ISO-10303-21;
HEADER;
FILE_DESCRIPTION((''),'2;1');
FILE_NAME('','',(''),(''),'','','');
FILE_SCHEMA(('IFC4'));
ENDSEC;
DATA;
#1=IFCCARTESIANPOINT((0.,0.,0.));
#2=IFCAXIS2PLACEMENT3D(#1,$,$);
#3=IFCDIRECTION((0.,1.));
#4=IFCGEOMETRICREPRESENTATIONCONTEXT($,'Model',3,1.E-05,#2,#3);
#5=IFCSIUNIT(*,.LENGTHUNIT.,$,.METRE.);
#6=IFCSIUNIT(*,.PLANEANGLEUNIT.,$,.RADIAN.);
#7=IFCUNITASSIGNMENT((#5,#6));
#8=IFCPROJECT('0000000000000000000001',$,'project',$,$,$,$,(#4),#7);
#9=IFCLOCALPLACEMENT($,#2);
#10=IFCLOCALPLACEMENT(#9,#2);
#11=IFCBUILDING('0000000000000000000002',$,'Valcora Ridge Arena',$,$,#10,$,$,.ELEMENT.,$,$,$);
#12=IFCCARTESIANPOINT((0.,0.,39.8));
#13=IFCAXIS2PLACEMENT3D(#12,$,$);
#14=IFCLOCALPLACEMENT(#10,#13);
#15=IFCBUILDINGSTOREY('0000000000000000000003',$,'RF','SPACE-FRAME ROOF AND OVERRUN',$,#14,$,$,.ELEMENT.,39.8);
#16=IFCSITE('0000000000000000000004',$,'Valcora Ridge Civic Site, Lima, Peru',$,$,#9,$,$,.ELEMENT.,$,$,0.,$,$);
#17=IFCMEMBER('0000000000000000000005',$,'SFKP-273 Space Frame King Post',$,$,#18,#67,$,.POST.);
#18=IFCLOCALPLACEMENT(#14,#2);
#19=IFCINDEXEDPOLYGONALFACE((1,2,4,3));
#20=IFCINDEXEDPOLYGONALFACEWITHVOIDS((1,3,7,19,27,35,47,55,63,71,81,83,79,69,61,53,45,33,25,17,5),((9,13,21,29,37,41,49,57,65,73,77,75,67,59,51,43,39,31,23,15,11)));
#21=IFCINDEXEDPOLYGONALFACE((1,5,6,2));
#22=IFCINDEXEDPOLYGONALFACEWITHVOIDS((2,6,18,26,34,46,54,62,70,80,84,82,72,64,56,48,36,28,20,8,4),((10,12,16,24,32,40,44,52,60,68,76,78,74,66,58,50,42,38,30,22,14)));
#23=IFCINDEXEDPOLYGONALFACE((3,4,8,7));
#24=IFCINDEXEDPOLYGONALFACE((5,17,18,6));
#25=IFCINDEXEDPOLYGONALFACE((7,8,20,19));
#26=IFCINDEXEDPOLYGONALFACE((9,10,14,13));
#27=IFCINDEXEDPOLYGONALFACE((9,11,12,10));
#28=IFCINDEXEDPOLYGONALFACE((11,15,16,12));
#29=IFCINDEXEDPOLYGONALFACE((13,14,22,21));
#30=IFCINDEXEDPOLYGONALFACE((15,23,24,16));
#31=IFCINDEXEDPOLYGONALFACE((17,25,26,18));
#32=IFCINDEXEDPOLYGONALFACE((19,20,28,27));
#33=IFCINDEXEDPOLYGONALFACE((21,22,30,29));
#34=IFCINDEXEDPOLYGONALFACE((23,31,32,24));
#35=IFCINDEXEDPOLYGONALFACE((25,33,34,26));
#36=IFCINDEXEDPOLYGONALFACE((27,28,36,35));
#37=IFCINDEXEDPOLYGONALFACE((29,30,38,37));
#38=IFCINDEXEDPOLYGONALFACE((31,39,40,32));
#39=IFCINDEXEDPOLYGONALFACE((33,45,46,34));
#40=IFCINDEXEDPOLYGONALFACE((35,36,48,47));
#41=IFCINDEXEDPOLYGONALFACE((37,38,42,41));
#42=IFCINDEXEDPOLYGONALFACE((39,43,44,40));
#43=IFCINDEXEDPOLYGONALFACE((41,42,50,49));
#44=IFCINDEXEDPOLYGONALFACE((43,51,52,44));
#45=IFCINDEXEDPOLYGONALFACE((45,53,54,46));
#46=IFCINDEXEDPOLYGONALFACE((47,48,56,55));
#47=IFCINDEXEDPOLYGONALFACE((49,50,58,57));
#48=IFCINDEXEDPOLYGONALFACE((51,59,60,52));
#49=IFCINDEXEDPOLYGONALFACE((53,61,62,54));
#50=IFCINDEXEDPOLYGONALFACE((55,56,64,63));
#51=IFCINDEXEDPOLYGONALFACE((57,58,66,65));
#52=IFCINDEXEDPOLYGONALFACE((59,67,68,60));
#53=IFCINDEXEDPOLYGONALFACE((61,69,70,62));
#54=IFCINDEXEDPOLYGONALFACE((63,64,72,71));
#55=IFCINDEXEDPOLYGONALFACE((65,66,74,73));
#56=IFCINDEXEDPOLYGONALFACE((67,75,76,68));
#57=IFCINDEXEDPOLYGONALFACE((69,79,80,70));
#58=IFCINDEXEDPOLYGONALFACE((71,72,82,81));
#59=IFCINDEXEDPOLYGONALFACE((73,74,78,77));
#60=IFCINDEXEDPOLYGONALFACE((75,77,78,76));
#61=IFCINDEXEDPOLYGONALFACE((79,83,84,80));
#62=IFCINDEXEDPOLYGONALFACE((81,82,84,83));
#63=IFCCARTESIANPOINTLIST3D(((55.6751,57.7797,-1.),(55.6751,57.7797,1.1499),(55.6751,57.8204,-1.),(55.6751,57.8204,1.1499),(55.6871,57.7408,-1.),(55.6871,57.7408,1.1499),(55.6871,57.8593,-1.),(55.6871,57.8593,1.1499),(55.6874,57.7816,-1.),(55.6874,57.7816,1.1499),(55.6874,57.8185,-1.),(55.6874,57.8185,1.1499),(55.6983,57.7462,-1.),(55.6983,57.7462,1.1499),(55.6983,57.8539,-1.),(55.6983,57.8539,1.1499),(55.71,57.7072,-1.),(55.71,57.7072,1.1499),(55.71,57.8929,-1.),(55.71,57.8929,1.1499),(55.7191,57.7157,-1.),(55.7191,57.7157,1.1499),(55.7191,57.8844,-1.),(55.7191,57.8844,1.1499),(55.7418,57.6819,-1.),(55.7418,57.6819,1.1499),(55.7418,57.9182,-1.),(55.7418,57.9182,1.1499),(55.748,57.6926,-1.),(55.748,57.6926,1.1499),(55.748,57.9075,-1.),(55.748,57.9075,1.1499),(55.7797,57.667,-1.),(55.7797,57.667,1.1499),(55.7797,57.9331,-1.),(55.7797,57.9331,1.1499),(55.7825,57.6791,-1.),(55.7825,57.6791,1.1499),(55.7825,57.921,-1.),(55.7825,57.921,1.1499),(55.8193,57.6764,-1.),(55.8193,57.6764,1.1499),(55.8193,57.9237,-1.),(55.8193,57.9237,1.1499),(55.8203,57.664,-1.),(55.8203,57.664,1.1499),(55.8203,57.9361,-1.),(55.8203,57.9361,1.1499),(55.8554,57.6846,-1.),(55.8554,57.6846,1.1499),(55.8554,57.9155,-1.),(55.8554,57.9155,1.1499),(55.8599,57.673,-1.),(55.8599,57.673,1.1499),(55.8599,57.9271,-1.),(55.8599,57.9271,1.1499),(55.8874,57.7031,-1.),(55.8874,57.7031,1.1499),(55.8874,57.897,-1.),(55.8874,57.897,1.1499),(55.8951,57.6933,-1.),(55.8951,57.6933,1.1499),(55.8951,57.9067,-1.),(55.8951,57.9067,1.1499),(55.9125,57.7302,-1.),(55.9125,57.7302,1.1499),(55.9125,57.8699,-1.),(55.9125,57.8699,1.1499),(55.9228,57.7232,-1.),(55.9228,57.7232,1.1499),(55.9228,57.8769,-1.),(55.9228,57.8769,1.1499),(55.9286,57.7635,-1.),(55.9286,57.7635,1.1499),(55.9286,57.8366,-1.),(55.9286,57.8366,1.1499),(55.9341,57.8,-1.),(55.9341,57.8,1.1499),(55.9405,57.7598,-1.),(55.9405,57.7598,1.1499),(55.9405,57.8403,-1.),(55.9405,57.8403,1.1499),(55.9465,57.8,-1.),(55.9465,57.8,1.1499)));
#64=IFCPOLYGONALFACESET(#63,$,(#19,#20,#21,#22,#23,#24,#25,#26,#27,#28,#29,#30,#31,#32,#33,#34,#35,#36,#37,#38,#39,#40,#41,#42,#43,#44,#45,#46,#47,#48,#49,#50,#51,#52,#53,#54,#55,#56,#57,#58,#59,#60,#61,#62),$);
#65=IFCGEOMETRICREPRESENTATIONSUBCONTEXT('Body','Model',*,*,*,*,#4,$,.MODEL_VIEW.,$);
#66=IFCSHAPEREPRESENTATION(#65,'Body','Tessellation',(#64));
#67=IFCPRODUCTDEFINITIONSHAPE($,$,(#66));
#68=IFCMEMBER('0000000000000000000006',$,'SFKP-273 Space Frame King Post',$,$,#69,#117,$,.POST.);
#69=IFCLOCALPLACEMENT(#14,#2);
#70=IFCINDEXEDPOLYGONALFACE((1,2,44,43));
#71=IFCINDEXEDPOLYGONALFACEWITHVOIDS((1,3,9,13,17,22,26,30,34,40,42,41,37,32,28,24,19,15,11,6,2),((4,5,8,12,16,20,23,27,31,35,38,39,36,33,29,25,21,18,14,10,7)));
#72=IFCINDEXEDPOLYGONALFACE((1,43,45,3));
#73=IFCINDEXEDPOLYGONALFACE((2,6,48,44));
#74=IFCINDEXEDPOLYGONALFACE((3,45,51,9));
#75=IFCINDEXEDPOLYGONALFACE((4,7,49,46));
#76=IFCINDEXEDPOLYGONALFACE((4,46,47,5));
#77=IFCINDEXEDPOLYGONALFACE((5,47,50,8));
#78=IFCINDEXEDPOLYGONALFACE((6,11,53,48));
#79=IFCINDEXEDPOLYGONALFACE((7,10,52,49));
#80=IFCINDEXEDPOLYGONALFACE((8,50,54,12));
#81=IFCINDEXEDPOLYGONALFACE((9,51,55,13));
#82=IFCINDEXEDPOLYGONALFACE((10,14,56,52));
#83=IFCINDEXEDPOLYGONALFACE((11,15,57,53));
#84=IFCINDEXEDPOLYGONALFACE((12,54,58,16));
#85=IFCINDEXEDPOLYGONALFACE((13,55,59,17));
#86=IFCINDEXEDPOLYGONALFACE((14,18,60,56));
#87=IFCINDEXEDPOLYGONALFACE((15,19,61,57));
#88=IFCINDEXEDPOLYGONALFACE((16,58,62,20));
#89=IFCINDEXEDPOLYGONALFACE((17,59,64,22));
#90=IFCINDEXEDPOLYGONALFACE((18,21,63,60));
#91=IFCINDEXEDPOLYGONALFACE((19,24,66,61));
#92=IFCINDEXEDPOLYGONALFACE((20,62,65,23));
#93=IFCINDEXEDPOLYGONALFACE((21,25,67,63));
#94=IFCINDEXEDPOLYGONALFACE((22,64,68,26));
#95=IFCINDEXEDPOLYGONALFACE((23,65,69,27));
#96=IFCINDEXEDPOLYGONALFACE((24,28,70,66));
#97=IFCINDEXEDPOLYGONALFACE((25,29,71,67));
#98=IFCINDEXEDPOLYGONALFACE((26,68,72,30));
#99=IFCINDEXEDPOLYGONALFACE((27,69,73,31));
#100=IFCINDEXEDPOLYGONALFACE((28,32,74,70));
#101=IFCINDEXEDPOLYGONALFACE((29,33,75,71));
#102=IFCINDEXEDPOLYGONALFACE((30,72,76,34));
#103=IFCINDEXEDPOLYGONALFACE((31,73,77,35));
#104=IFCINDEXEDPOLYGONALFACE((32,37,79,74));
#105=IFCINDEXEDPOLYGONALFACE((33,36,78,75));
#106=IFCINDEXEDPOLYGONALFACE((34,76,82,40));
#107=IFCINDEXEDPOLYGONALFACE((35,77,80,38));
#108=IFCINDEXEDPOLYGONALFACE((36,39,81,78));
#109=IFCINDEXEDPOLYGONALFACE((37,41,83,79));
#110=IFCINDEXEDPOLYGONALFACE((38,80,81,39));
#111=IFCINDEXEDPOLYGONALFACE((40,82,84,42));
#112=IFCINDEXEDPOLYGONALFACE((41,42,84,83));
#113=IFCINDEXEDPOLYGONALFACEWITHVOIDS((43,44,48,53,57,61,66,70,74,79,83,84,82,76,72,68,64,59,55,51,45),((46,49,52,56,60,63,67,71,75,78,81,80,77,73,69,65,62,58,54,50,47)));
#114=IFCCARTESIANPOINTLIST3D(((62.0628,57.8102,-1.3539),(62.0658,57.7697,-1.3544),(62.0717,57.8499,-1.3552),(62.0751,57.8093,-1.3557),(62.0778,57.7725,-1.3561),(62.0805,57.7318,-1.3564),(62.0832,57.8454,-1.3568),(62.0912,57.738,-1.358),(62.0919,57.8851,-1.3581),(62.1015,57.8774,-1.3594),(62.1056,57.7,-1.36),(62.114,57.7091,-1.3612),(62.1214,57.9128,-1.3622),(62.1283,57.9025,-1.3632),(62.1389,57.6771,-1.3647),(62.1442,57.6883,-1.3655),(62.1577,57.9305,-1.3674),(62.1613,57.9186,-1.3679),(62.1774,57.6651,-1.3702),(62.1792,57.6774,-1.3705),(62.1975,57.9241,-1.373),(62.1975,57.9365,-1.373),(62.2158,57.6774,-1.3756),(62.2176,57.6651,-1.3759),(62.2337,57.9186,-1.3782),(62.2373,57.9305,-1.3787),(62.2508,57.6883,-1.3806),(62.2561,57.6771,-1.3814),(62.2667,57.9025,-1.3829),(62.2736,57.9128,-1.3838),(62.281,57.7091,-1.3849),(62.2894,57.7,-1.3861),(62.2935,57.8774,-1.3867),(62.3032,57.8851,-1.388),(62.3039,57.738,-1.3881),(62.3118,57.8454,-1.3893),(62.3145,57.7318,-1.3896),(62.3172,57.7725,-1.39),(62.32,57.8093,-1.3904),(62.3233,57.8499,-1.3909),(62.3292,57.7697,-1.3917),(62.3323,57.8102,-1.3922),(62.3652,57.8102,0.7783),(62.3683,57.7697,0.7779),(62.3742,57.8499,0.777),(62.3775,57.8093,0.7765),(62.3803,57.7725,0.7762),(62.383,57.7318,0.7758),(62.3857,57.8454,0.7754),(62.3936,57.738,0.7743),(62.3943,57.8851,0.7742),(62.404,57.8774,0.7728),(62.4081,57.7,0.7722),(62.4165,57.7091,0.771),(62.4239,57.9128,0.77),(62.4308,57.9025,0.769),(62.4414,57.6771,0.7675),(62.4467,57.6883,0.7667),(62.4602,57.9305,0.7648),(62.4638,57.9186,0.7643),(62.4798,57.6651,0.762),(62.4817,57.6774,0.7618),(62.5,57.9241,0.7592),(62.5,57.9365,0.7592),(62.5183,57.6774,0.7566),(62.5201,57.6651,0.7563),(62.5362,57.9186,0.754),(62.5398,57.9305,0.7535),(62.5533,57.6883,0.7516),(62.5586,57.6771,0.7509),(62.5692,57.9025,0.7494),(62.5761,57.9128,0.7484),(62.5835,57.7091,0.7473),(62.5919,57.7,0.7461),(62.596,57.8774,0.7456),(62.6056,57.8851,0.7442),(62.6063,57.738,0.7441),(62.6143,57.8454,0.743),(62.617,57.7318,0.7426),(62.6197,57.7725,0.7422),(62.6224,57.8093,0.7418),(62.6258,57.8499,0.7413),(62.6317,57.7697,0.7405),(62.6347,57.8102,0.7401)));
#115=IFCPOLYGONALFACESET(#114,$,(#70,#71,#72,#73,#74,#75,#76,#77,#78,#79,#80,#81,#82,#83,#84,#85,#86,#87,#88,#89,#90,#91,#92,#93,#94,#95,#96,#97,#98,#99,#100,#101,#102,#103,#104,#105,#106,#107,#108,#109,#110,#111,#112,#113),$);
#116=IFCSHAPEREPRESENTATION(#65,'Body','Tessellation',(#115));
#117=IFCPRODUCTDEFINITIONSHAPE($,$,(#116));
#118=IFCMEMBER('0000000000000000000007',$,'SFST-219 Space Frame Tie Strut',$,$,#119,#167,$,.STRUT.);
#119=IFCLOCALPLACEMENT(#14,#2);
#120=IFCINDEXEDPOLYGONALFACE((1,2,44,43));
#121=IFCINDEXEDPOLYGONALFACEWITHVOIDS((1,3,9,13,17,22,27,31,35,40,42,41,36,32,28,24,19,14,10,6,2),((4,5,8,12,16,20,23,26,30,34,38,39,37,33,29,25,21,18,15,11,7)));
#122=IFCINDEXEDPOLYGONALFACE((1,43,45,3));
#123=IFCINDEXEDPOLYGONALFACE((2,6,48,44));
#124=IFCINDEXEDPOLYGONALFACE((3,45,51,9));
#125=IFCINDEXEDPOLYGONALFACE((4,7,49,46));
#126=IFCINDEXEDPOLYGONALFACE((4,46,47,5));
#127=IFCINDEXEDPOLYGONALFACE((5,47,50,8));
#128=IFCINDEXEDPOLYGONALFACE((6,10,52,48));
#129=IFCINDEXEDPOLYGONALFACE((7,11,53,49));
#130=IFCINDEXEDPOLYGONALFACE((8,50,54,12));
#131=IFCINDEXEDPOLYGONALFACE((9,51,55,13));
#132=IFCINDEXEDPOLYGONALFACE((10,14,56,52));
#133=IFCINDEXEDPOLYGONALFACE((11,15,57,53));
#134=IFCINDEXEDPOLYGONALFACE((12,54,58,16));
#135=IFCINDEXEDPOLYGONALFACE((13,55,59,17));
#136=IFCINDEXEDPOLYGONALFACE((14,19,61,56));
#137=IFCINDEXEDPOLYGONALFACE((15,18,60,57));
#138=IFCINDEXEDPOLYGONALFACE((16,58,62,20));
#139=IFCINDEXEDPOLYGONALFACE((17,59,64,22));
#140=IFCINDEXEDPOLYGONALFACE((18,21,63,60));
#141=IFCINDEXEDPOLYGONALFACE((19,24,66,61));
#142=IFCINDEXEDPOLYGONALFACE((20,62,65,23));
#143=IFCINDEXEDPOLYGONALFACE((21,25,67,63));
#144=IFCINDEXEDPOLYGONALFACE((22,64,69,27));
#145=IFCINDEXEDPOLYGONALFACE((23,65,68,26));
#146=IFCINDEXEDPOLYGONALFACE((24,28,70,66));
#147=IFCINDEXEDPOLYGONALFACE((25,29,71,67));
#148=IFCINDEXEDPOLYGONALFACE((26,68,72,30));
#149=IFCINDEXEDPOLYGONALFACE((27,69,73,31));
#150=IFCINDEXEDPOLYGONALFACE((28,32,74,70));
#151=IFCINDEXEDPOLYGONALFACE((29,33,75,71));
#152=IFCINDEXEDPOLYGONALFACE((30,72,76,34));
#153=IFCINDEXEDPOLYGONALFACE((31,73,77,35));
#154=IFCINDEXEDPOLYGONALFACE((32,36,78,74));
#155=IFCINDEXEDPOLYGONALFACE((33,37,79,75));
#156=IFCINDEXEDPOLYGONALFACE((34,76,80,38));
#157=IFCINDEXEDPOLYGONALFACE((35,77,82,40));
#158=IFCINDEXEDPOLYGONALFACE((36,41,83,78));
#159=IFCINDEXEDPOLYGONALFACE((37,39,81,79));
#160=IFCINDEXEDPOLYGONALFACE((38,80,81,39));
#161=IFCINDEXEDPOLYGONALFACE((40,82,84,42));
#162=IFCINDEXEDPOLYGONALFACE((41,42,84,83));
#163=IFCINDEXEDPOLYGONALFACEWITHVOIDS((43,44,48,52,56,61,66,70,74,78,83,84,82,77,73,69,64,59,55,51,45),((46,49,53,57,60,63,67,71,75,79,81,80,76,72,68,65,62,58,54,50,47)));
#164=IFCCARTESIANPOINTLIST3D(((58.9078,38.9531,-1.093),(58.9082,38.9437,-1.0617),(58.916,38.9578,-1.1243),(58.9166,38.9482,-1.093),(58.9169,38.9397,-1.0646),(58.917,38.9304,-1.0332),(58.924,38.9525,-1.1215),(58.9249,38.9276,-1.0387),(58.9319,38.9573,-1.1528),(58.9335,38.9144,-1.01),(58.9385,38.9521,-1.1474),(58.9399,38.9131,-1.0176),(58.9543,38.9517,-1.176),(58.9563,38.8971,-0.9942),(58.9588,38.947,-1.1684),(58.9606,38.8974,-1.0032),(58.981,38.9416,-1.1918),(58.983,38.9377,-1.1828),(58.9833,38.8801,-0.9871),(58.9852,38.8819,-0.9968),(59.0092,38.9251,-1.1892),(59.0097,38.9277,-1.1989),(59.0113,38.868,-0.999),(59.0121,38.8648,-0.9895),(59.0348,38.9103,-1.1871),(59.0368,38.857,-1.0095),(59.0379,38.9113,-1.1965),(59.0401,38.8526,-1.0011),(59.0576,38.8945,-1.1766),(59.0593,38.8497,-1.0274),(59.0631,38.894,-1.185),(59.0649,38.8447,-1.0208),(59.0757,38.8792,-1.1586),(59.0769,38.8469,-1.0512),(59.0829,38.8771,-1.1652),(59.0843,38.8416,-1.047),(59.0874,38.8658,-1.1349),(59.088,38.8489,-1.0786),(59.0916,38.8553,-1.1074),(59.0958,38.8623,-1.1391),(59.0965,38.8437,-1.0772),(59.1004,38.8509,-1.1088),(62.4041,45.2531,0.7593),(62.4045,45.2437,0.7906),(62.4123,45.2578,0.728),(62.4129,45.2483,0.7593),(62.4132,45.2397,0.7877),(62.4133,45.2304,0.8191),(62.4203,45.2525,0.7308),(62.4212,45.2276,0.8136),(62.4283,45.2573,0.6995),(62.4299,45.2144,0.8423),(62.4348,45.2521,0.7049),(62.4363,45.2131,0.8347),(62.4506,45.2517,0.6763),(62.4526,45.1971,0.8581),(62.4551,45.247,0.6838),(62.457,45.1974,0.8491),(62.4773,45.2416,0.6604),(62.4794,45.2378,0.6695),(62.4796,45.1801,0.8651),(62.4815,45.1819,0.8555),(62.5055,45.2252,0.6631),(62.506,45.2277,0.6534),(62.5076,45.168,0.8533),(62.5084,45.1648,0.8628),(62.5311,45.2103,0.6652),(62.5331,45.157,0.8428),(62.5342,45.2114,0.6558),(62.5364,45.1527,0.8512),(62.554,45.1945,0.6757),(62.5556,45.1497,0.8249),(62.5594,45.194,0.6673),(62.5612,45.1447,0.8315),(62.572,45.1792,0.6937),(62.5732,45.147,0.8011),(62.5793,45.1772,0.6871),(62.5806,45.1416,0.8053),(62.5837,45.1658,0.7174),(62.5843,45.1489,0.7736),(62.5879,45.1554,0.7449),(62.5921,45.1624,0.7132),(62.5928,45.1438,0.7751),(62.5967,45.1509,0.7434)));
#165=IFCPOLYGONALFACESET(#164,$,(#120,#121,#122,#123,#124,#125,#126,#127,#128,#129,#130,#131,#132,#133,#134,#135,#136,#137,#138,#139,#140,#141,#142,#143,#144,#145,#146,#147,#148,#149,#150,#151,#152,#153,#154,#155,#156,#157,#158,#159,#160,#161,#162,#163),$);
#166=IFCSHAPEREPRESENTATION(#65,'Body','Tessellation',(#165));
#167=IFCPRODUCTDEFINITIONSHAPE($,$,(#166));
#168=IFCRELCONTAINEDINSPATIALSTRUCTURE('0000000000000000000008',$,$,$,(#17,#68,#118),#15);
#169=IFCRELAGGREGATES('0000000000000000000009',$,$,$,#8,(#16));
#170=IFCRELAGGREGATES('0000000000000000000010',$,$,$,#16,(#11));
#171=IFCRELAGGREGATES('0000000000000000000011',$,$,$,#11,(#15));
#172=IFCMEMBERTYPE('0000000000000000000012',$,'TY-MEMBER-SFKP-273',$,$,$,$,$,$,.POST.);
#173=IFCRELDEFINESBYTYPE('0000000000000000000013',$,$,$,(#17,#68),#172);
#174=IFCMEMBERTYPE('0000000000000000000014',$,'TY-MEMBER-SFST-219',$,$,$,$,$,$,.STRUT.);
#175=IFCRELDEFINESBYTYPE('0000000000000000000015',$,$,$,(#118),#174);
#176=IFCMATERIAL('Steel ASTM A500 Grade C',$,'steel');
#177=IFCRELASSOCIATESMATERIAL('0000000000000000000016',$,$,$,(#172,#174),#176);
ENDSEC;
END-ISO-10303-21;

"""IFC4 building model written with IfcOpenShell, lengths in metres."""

from ifc_helpers import new_model, si_unit, direction, frame, origin, origin_2d, place, context, subcontext, project, spatial, hollow_circle, extrude, material, material_profile, profile_set, type_object, element, save


model = new_model("IFC4")

# Units and contexts
model_context = context("Model", 3, precision=1e-05, world=origin(), true_north=direction((0.0, 1.0)))
body_context = subcontext(model_context, "Body", "Model", "MODEL_VIEW")
ifc_project = project(units=[si_unit("LENGTHUNIT", "METRE"), si_unit("PLANEANGLEUNIT", "RADIAN")], contexts=[model_context])

# Site, building, storey
site_placement = place(None, origin())
site = spatial("IfcSite", under=ifc_project, at=site_placement, Name="Valcora Ridge Civic Site, Lima, Peru", CompositionType="ELEMENT", RefElevation=0.0)
building_placement = place(site_placement, origin())
building = spatial("IfcBuilding", under=site, at=building_placement, Name="Valcora Ridge Arena", CompositionType="ELEMENT")
storey_placement = place(building_placement, frame((0.0, 0.0, 39.8)))
storey = spatial("IfcBuildingStorey", under=building, at=storey_placement, Name="RF", Description="SPACE-FRAME ROOF AND OVERRUN", CompositionType="ELEMENT", Elevation=39.8)

# Members
ifc_material_1 = material(Name="Steel ASTM A500 Grade C", Category="steel")
ifc_material_profile_1 = material_profile(ifc_material_1, hollow_circle(Radius=0.1365, WallThickness=0.0125, at=origin_2d()), Name="CHS273X12")
ifc_profile_set_1 = profile_set([ifc_material_profile_1], Name="Steel ASTM A500 Grade C")
member_type_1 = type_object("IfcMemberType", Name="TY-MEMBER-SFKP-273", PredefinedType="POST", material=ifc_profile_set_1)
member_1_placement = place(storey_placement, frame((55.8101, 57.8, -1.0), z_axis=(0.0, 0.0, 1.0), x_axis=(1.0, 0.0, 0.0)))
element("IfcMember", 1, at=member_1_placement, inside=storey, type_object=member_type_1, Name="SFKP-273 Space Frame King Post", PredefinedType="POST", context=body_context, shape_type="SweptSolid", body=[
    extrude(hollow_circle(Radius=0.1365, WallThickness=0.0125, at=origin_2d()), origin(), (0.0, 0.0, 1.0), 2.1499),
])
member_2_placement = place(storey_placement, frame((62.1975, 57.8, -1.373), z_axis=(0.140453, 0.0, 0.990087), x_axis=(0.0, 1.0, 0.0)))
element("IfcMember", 2, at=member_2_placement, inside=storey, type_object=member_type_1, Name="SFKP-273 Space Frame King Post", PredefinedType="POST", context=body_context, shape_type="SweptSolid", body=[
    extrude(hollow_circle(Radius=0.1365, WallThickness=0.0125, at=origin_2d()), origin(), (0.0, 0.0, 1.0), 2.1536),
])
ifc_material_profile_2 = material_profile(ifc_material_1, hollow_circle(Radius=0.1096, WallThickness=0.01, at=origin_2d()), Name="CHS219X10")
ifc_profile_set_2 = profile_set([ifc_material_profile_2], Name="Steel ASTM A500 Grade C")
member_type_2 = type_object("IfcMemberType", Name="TY-MEMBER-SFST-219", PredefinedType="STRUT", material=ifc_profile_set_2)
member_3_placement = place(storey_placement, frame((59.0037, 38.8999, -1.093), z_axis=(0.46997, 0.846839, 0.248981), x_axis=(-0.874375, 0.485252, 0.0)))
element("IfcMember", 3, at=member_3_placement, inside=storey, type_object=member_type_2, Name="SFST-219 Space Frame Tie Strut", PredefinedType="STRUT", context=body_context, shape_type="SweptSolid", body=[
    extrude(hollow_circle(Radius=0.1096, WallThickness=0.01, at=origin_2d()), origin(), (0.0, 0.0, 1.0), 7.4395),
])

save(model, "model.ifc")
